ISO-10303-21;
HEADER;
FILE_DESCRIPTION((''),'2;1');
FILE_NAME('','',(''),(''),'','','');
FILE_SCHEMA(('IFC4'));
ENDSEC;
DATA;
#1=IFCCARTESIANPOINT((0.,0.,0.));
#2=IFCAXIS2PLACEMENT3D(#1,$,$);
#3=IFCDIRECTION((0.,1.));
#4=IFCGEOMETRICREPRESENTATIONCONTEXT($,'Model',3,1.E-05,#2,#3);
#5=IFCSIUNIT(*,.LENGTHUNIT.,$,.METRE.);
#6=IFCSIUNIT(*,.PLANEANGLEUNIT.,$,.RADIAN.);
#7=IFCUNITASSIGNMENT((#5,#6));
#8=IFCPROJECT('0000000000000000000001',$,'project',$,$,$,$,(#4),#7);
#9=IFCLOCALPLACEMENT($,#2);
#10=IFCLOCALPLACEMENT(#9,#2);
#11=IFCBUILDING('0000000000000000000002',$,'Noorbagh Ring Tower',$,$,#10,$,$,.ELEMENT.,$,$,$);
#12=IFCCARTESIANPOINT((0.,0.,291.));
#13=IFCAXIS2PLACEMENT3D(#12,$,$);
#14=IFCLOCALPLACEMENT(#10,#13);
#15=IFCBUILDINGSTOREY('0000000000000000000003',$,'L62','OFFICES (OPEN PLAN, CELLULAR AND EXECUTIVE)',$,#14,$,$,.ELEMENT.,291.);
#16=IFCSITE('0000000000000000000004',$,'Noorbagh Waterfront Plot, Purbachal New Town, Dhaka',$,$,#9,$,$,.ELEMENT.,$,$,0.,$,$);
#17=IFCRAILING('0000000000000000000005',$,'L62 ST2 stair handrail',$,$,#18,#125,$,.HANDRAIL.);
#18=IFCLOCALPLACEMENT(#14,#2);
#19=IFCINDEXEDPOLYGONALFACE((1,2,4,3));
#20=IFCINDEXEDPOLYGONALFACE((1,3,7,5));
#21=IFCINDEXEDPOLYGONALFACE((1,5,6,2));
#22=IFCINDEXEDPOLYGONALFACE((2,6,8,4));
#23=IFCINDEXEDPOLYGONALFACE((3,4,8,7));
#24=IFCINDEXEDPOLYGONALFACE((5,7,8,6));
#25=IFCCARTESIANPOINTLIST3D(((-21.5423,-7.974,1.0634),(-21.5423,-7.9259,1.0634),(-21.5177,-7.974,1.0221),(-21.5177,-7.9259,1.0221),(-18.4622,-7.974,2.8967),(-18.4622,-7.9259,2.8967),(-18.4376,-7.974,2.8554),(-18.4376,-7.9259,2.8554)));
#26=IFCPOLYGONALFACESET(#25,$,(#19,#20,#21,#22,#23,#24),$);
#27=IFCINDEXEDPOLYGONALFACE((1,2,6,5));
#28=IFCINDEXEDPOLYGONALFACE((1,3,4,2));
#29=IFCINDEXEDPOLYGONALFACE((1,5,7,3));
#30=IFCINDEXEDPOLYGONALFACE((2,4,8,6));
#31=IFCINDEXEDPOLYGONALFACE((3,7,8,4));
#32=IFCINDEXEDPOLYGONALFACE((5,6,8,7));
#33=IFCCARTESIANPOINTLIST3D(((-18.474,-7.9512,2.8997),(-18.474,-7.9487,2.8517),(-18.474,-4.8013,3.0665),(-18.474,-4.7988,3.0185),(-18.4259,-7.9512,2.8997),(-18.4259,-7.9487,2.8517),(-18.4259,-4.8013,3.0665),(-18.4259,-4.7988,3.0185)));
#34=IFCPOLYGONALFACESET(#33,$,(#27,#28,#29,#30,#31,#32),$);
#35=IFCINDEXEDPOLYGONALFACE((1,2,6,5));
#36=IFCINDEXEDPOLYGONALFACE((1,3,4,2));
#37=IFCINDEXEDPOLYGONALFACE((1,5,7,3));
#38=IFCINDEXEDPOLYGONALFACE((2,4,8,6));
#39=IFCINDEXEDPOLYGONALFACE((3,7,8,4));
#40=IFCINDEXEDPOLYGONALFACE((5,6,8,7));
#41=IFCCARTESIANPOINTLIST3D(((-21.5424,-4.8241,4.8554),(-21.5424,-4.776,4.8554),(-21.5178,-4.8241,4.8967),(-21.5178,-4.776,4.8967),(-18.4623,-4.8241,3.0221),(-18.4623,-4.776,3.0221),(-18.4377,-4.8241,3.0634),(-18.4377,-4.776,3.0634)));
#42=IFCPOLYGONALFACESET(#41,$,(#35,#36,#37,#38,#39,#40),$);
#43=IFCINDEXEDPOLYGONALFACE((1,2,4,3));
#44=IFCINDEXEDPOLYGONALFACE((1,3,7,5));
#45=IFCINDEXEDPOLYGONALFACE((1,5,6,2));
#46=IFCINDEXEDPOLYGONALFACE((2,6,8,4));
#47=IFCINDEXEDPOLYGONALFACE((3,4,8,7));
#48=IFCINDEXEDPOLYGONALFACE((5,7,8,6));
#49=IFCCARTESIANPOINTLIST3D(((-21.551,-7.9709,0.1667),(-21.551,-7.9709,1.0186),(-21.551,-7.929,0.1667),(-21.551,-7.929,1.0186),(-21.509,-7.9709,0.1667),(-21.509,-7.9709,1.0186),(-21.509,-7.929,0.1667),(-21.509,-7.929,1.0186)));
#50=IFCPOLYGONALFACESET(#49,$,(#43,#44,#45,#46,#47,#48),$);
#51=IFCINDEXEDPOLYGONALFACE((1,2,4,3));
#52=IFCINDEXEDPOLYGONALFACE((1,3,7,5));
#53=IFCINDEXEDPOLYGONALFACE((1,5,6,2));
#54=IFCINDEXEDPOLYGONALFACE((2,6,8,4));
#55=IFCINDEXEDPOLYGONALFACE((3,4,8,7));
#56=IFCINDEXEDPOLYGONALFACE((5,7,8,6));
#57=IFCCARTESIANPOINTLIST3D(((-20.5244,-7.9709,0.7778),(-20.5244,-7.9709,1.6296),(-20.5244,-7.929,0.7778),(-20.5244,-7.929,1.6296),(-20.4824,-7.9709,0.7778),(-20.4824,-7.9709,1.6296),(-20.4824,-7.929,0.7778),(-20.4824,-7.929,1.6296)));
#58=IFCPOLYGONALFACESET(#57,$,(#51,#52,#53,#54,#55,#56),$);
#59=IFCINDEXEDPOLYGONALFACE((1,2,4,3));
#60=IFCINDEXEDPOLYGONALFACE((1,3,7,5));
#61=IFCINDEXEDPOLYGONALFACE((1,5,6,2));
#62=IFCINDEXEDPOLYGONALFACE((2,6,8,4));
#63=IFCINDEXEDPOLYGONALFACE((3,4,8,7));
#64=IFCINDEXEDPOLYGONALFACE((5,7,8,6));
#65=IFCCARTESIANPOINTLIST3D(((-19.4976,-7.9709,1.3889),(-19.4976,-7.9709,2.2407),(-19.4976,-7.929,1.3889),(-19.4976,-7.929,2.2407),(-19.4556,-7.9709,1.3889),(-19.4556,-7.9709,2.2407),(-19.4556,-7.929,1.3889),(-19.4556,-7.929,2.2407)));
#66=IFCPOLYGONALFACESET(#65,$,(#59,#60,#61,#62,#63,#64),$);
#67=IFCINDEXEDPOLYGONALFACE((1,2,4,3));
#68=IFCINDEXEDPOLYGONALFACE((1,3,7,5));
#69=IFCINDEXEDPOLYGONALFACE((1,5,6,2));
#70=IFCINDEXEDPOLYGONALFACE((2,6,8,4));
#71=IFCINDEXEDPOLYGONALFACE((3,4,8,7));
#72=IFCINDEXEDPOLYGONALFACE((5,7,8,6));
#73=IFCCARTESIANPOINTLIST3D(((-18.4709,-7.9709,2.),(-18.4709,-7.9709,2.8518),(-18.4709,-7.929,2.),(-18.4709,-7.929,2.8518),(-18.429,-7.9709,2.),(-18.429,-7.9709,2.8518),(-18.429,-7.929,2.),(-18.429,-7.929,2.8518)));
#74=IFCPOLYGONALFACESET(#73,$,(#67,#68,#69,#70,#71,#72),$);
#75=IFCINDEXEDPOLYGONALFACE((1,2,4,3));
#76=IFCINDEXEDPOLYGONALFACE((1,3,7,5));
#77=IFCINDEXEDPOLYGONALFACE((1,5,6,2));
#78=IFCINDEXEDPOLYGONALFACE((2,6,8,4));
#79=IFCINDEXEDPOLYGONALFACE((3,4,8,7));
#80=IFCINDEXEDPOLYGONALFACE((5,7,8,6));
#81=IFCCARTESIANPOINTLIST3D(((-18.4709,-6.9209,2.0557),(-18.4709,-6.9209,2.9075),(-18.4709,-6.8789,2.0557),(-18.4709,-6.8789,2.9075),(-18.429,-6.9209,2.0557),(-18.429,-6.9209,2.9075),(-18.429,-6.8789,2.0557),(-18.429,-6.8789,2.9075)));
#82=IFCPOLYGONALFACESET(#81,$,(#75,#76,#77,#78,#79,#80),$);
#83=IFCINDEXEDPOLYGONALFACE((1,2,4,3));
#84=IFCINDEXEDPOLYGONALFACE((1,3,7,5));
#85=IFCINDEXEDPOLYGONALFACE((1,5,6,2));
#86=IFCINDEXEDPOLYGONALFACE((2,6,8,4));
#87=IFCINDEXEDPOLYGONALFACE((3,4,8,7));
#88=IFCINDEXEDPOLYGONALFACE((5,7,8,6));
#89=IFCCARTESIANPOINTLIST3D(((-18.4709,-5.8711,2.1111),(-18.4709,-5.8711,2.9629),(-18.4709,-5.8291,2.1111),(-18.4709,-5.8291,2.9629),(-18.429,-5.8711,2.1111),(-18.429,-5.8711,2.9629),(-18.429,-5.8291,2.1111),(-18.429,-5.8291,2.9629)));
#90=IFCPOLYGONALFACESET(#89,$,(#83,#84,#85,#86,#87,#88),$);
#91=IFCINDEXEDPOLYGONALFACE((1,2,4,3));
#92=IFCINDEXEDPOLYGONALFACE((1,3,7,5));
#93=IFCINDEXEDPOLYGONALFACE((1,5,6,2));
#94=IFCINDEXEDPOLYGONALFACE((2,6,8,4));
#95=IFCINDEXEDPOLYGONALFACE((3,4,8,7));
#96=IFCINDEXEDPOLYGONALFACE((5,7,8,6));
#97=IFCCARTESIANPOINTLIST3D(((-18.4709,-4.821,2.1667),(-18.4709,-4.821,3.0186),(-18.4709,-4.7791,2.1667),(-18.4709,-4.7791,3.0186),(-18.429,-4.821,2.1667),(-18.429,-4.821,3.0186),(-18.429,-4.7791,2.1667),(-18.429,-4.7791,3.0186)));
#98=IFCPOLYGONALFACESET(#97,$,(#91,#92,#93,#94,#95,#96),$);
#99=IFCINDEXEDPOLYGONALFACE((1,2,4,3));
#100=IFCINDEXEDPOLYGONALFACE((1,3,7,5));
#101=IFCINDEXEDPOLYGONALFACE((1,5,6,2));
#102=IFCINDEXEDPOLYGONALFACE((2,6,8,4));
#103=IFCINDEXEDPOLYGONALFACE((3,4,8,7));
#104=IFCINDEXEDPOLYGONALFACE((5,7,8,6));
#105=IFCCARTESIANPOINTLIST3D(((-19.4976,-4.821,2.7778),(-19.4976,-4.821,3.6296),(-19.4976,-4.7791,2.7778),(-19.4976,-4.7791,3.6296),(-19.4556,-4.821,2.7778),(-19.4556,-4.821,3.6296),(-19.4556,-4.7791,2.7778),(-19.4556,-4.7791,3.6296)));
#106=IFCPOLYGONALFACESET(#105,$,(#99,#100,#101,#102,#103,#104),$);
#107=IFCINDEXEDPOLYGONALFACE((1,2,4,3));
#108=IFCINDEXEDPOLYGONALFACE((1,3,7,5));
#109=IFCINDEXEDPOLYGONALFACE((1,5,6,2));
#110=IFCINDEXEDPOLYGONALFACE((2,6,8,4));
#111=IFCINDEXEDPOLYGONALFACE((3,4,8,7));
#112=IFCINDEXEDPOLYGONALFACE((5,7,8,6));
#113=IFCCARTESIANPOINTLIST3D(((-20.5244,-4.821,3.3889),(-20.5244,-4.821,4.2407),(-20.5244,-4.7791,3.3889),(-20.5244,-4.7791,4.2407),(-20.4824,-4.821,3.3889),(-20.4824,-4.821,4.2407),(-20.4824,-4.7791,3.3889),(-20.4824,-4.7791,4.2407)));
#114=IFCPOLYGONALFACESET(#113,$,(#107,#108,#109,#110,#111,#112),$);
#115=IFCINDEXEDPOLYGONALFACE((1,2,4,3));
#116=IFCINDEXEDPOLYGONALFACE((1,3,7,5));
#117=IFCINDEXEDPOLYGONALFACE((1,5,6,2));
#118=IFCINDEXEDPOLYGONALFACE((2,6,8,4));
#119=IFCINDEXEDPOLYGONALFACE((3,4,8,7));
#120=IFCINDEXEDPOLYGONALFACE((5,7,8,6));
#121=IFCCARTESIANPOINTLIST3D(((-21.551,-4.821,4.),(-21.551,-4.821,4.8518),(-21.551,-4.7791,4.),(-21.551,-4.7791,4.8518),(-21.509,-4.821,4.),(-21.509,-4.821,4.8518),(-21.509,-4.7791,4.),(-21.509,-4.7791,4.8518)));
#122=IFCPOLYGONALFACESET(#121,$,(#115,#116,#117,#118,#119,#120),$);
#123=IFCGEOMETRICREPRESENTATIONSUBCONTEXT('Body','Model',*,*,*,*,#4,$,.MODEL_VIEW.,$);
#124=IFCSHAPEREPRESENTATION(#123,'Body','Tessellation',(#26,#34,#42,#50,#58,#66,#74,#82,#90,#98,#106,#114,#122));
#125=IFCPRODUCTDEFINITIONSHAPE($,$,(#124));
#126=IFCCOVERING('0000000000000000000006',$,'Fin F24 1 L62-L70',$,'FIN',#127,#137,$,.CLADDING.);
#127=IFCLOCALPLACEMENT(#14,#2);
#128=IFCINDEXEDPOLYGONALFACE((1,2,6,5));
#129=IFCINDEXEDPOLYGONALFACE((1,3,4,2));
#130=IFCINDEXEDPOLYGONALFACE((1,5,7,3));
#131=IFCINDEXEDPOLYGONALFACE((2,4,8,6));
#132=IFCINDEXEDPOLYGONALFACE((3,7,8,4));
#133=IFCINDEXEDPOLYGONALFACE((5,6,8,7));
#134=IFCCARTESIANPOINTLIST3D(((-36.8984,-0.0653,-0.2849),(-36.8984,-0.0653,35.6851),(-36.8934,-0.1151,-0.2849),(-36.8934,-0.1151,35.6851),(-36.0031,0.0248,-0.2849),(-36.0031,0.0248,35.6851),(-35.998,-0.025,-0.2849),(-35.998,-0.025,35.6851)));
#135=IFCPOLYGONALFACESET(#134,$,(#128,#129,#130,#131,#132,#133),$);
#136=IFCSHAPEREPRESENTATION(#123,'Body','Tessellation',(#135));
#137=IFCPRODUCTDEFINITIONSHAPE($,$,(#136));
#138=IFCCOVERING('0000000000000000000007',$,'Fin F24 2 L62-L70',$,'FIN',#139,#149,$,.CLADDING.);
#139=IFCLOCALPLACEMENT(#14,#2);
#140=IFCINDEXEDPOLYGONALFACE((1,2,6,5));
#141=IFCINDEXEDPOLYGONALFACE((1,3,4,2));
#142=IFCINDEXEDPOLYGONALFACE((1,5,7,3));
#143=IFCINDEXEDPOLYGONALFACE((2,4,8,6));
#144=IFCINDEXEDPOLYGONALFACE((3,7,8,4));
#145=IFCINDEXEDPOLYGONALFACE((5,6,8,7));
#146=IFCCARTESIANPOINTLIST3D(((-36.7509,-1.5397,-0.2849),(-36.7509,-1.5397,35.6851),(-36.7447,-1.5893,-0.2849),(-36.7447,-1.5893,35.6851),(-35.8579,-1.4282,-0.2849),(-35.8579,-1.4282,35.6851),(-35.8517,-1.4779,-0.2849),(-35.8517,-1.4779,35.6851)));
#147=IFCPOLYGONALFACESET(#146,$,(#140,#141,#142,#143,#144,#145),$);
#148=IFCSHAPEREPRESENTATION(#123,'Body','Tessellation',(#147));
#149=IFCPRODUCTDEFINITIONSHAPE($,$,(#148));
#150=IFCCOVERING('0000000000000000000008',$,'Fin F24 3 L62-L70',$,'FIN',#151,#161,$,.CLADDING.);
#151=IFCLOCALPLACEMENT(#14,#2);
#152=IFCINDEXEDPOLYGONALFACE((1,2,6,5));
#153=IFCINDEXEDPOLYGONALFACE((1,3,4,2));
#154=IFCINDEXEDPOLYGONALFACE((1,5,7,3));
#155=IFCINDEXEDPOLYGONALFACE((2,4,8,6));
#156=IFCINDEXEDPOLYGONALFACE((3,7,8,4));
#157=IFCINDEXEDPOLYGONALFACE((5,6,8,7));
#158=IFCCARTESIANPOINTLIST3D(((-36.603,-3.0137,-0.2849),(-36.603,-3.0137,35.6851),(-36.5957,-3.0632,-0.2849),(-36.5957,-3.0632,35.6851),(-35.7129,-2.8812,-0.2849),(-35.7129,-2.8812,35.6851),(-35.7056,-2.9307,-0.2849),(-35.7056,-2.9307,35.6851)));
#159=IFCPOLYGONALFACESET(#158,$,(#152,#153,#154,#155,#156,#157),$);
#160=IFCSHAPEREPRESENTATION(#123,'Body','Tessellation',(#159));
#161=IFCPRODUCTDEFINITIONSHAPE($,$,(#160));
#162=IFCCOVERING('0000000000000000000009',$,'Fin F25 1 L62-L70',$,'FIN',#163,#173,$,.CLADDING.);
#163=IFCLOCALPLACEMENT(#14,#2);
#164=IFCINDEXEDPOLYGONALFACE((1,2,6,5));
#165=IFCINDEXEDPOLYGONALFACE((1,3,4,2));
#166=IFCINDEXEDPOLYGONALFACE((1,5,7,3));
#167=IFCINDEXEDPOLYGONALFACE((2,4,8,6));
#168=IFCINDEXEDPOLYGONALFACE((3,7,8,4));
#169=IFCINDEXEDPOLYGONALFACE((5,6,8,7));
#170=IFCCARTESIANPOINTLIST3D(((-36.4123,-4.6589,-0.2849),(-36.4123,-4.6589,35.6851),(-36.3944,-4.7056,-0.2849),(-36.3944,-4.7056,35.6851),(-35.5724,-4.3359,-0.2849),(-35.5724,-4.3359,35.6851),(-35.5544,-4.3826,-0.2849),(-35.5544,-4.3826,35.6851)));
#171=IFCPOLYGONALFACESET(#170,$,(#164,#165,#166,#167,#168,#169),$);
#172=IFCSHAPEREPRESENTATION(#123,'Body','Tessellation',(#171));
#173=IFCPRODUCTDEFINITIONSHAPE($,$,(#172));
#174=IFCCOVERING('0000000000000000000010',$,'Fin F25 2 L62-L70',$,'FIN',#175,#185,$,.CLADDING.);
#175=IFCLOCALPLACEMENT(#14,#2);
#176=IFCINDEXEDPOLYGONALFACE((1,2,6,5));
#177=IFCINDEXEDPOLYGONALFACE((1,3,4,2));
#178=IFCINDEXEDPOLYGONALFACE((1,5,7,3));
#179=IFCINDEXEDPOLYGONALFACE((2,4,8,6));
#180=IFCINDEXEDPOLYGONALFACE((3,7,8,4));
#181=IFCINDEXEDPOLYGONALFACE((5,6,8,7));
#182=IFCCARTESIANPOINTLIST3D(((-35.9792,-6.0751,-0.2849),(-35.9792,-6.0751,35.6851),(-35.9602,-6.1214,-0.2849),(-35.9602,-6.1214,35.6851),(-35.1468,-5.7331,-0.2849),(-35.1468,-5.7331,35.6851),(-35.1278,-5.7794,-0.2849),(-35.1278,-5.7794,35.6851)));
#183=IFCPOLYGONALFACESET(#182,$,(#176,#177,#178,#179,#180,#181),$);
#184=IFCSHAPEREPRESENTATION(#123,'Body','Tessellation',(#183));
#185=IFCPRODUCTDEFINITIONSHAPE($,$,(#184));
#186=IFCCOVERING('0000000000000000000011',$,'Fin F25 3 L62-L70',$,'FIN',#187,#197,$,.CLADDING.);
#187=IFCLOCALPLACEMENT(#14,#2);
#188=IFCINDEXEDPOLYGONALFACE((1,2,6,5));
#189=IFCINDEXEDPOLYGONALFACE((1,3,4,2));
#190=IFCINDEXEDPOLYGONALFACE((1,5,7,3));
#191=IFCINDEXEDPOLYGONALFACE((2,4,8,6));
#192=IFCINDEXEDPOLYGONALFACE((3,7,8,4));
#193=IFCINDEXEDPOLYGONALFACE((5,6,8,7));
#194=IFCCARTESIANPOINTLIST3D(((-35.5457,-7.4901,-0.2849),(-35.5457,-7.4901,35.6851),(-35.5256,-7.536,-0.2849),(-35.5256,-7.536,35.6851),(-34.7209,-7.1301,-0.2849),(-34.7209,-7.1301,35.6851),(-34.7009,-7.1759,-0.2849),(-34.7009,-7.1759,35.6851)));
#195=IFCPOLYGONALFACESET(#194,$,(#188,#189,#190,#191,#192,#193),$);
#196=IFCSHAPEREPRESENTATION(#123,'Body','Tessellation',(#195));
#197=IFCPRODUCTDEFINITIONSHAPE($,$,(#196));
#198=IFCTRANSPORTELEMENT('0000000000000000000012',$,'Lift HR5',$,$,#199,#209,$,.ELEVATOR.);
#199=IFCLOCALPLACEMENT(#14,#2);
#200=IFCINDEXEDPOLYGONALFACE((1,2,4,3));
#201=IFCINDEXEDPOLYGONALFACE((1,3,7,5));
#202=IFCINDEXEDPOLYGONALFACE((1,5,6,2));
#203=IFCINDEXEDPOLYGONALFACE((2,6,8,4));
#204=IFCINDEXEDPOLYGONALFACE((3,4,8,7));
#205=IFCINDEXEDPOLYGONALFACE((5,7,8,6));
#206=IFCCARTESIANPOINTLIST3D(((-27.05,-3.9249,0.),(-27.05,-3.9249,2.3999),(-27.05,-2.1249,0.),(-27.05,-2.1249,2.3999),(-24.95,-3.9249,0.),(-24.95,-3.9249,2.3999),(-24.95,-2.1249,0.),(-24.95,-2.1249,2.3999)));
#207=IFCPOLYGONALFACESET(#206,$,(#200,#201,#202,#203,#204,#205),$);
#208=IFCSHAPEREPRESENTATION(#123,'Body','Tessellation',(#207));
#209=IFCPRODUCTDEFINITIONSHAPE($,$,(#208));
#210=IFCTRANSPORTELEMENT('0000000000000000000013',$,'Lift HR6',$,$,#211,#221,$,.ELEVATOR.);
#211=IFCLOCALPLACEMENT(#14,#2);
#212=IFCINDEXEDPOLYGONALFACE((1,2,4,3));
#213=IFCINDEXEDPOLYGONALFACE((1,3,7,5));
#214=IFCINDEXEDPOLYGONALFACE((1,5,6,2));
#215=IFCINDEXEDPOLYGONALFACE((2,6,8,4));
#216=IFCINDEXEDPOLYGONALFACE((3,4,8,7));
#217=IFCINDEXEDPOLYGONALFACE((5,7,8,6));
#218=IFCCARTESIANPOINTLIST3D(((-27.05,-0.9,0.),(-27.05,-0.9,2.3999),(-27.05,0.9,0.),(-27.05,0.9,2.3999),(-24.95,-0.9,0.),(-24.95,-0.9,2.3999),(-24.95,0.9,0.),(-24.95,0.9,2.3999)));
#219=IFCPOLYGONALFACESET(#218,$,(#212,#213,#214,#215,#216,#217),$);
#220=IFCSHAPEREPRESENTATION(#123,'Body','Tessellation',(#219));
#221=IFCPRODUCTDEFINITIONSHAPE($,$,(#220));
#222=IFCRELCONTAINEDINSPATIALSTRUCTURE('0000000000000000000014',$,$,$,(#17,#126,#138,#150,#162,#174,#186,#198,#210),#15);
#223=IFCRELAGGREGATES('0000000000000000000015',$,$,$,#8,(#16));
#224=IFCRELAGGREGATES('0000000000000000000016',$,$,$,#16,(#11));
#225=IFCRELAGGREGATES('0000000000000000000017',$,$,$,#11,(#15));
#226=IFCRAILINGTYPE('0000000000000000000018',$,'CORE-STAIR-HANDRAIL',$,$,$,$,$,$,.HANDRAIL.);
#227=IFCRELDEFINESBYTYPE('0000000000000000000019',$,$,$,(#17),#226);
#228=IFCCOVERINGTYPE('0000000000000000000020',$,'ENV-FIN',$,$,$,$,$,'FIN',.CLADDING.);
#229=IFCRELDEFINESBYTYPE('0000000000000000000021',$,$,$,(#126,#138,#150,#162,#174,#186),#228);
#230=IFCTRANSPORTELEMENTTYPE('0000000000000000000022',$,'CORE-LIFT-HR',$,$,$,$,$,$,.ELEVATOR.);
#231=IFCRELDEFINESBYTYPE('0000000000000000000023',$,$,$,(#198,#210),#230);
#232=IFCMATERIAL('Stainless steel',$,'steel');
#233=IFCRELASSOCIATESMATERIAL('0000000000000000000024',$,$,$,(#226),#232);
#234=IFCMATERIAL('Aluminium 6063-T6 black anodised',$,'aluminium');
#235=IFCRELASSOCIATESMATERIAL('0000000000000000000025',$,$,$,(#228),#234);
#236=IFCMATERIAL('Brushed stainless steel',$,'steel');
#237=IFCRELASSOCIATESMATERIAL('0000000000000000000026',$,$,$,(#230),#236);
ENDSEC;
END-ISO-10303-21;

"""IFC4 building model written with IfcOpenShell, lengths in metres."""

from ifc_helpers import new_model, si_unit, direction, frame, origin, origin_2d, place, context, subcontext, project, spatial, rectangle, extrude, material, material_profile, profile_set, type_object, element, save


model = new_model("IFC4")

# Units and contexts
model_context = context("Model", 3, precision=1e-05, world=origin(), true_north=direction((0.0, 1.0)))
body_context = subcontext(model_context, "Body", "Model", "MODEL_VIEW")
ifc_project = project(units=[si_unit("LENGTHUNIT", "METRE"), si_unit("PLANEANGLEUNIT", "RADIAN")], contexts=[model_context])

# Site, building, storey
site_placement = place(None, origin())
site = spatial("IfcSite", under=ifc_project, at=site_placement, Name="Noorbagh Waterfront Plot, Purbachal New Town, Dhaka", CompositionType="ELEMENT", RefElevation=0.0)
building_placement = place(site_placement, origin())
building = spatial("IfcBuilding", under=site, at=building_placement, Name="Noorbagh Ring Tower", CompositionType="ELEMENT")
storey_placement = place(building_placement, frame((0.0, 0.0, 291.0)))
storey = spatial("IfcBuildingStorey", under=building, at=storey_placement, Name="L62", Description="OFFICES (OPEN PLAN, CELLULAR AND EXECUTIVE)", CompositionType="ELEMENT", Elevation=291.0)

# Railing
ifc_material_1 = material(Name="Stainless steel", Category="steel")
railing_type_1 = type_object("IfcRailingType", Name="CORE-STAIR-HANDRAIL", PredefinedType="HANDRAIL", material=ifc_material_1)
railing_1_placement = place(storey_placement, frame((-21.53, -7.95, 0.1667)))
element("IfcRailing", 1, at=railing_1_placement, inside=storey, type_object=railing_type_1, Name="L62 ST2 stair handrail", PredefinedType="HANDRAIL", context=body_context, shape_type="SweptSolid", body=[
    extrude(rectangle(XDim=0.0481, YDim=0.0481, at=origin_2d()), frame((0.0, 0.0, 0.876), z_axis=(0.859309, 0.0, 0.511458), x_axis=(0.0, 1.0, 0.0)), (0.0, 0.0, 1.0), 3.5845),
    extrude(rectangle(XDim=0.0481, YDim=0.0481, at=origin_2d()), frame((3.0801, 0.0, 2.709), z_axis=(0.0, 0.998602, 0.052864), x_axis=(-1.0, 0.0, 0.0)), (0.0, 0.0, 1.0), 3.1543),
    extrude(rectangle(XDim=0.0481, YDim=0.0481, at=origin_2d()), frame((3.0801, 3.1499, 2.876), z_axis=(-0.859309, 0.0, 0.511458), x_axis=(0.0, -1.0, 0.0)), (0.0, 0.0, 1.0), 3.5845),
    extrude(rectangle(XDim=0.042, YDim=0.042, at=origin_2d()), origin(), (0.0, 0.0, 1.0), 0.8518),
    extrude(rectangle(XDim=0.042, YDim=0.042, at=origin_2d()), frame((1.0266, 0.0, 0.6111)), (0.0, 0.0, 1.0), 0.8518),
    extrude(rectangle(XDim=0.042, YDim=0.042, at=origin_2d()), frame((2.0535, 0.0, 1.2222)), (0.0, 0.0, 1.0), 0.8518),
    extrude(rectangle(XDim=0.042, YDim=0.042, at=origin_2d()), frame((3.0801, 0.0, 1.8333)), (0.0, 0.0, 1.0), 0.8518),
    extrude(rectangle(XDim=0.042, YDim=0.042, at=origin_2d()), frame((3.0801, 1.05, 1.8889)), (0.0, 0.0, 1.0), 0.8518),
    extrude(rectangle(XDim=0.042, YDim=0.042, at=origin_2d()), frame((3.0801, 2.0999, 1.9443)), (0.0, 0.0, 1.0), 0.8518),
    extrude(rectangle(XDim=0.042, YDim=0.042, at=origin_2d()), frame((3.0801, 3.1499, 2.0)), (0.0, 0.0, 1.0), 0.8518),
    extrude(rectangle(XDim=0.042, YDim=0.042, at=origin_2d()), frame((2.0535, 3.1499, 2.6111)), (0.0, 0.0, 1.0), 0.8518),
    extrude(rectangle(XDim=0.042, YDim=0.042, at=origin_2d()), frame((1.0266, 3.1499, 3.2222)), (0.0, 0.0, 1.0), 0.8518),
    extrude(rectangle(XDim=0.042, YDim=0.042, at=origin_2d()), frame((0.0, 3.1499, 3.8333)), (0.0, 0.0, 1.0), 0.8518),
])

# Coverings
ifc_material_2 = material(Name="Aluminium 6063-T6 black anodised", Category="aluminium")
ifc_material_profile_1 = material_profile(ifc_material_2, rectangle(XDim=0.8999, YDim=0.05, at=origin_2d()), Name="900x50")
ifc_profile_set_1 = profile_set([ifc_material_profile_1], Name="Aluminium 6063-T6 black anodised")
covering_type = type_object("IfcCoveringType", Name="ENV-FIN", ElementType="FIN", PredefinedType="CLADDING", material=ifc_profile_set_1)
for number, where, z_axis, x_axis, name in (
    (2, (-36.4482, -0.0452, -0.2849), (0.0, 0.0, 1.0), (-0.99497, -0.100178, 0.0), "Fin F24 1 L62-L70"),
    (3, (-36.3013, -1.5088, -0.2849), (0.0, 0.0, 1.0), (-0.992303, -0.123835, 0.0), "Fin F24 2 L62-L70"),
    (4, (-36.1543, -2.9722, -0.2849), (0.0, 0.0, 1.0), (-0.989103, -0.147226, 0.0), "Fin F24 3 L62-L70"),
    (5, (-35.9834, -4.5208, -0.2849), (0.0, 0.0, 1.0), (-0.933362, -0.358936, 0.0), "Fin F25 1 L62-L70"),
    (6, (-35.5535, -5.9272, -0.2849), (0.0, 0.0, 1.0), (-0.925001, -0.379965, 0.0), "Fin F25 2 L62-L70"),
    (7, (-35.1233, -7.333, -0.2849), (0.0, 0.0, 1.0), (-0.916475, -0.400092, 0.0), "Fin F25 3 L62-L70"),
):
    element("IfcCovering", number, at=place(storey_placement, frame(where, z_axis=z_axis, x_axis=x_axis)), inside=storey, type_object=covering_type, Name=name, ObjectType="FIN", PredefinedType="CLADDING", context=body_context, shape_type="SweptSolid", body=[
        extrude(rectangle(XDim=0.8999, YDim=0.05, at=origin_2d()), origin(), (0.0, 0.0, 1.0), 35.97),
    ])

# Transport elements
ifc_material_3 = material(Name="Brushed stainless steel", Category="steel")
transport_element_type = type_object("IfcTransportElementType", Name="CORE-LIFT-HR", PredefinedType="ELEVATOR", material=ifc_material_3)
for number, where, z_axis, x_axis, name in (
    (8, (-26.0, -3.0249, 0.0), (0.0, 0.0, 1.0), (1.0, 0.0, 0.0), "Lift HR5"),
    (9, (-26.0, 0.0, 0.0), (0.0, 0.0, 1.0), (1.0, 0.0, 0.0), "Lift HR6"),
):
    element("IfcTransportElement", number, at=place(storey_placement, frame(where, z_axis=z_axis, x_axis=x_axis)), inside=storey, type_object=transport_element_type, Name=name, PredefinedType="ELEVATOR", context=body_context, shape_type="SweptSolid", body=[
        extrude(rectangle(XDim=2.1001, YDim=1.8, at=origin_2d()), origin(), (0.0, 0.0, 1.0), 2.3999),
    ])

save(model, "model.ifc")
